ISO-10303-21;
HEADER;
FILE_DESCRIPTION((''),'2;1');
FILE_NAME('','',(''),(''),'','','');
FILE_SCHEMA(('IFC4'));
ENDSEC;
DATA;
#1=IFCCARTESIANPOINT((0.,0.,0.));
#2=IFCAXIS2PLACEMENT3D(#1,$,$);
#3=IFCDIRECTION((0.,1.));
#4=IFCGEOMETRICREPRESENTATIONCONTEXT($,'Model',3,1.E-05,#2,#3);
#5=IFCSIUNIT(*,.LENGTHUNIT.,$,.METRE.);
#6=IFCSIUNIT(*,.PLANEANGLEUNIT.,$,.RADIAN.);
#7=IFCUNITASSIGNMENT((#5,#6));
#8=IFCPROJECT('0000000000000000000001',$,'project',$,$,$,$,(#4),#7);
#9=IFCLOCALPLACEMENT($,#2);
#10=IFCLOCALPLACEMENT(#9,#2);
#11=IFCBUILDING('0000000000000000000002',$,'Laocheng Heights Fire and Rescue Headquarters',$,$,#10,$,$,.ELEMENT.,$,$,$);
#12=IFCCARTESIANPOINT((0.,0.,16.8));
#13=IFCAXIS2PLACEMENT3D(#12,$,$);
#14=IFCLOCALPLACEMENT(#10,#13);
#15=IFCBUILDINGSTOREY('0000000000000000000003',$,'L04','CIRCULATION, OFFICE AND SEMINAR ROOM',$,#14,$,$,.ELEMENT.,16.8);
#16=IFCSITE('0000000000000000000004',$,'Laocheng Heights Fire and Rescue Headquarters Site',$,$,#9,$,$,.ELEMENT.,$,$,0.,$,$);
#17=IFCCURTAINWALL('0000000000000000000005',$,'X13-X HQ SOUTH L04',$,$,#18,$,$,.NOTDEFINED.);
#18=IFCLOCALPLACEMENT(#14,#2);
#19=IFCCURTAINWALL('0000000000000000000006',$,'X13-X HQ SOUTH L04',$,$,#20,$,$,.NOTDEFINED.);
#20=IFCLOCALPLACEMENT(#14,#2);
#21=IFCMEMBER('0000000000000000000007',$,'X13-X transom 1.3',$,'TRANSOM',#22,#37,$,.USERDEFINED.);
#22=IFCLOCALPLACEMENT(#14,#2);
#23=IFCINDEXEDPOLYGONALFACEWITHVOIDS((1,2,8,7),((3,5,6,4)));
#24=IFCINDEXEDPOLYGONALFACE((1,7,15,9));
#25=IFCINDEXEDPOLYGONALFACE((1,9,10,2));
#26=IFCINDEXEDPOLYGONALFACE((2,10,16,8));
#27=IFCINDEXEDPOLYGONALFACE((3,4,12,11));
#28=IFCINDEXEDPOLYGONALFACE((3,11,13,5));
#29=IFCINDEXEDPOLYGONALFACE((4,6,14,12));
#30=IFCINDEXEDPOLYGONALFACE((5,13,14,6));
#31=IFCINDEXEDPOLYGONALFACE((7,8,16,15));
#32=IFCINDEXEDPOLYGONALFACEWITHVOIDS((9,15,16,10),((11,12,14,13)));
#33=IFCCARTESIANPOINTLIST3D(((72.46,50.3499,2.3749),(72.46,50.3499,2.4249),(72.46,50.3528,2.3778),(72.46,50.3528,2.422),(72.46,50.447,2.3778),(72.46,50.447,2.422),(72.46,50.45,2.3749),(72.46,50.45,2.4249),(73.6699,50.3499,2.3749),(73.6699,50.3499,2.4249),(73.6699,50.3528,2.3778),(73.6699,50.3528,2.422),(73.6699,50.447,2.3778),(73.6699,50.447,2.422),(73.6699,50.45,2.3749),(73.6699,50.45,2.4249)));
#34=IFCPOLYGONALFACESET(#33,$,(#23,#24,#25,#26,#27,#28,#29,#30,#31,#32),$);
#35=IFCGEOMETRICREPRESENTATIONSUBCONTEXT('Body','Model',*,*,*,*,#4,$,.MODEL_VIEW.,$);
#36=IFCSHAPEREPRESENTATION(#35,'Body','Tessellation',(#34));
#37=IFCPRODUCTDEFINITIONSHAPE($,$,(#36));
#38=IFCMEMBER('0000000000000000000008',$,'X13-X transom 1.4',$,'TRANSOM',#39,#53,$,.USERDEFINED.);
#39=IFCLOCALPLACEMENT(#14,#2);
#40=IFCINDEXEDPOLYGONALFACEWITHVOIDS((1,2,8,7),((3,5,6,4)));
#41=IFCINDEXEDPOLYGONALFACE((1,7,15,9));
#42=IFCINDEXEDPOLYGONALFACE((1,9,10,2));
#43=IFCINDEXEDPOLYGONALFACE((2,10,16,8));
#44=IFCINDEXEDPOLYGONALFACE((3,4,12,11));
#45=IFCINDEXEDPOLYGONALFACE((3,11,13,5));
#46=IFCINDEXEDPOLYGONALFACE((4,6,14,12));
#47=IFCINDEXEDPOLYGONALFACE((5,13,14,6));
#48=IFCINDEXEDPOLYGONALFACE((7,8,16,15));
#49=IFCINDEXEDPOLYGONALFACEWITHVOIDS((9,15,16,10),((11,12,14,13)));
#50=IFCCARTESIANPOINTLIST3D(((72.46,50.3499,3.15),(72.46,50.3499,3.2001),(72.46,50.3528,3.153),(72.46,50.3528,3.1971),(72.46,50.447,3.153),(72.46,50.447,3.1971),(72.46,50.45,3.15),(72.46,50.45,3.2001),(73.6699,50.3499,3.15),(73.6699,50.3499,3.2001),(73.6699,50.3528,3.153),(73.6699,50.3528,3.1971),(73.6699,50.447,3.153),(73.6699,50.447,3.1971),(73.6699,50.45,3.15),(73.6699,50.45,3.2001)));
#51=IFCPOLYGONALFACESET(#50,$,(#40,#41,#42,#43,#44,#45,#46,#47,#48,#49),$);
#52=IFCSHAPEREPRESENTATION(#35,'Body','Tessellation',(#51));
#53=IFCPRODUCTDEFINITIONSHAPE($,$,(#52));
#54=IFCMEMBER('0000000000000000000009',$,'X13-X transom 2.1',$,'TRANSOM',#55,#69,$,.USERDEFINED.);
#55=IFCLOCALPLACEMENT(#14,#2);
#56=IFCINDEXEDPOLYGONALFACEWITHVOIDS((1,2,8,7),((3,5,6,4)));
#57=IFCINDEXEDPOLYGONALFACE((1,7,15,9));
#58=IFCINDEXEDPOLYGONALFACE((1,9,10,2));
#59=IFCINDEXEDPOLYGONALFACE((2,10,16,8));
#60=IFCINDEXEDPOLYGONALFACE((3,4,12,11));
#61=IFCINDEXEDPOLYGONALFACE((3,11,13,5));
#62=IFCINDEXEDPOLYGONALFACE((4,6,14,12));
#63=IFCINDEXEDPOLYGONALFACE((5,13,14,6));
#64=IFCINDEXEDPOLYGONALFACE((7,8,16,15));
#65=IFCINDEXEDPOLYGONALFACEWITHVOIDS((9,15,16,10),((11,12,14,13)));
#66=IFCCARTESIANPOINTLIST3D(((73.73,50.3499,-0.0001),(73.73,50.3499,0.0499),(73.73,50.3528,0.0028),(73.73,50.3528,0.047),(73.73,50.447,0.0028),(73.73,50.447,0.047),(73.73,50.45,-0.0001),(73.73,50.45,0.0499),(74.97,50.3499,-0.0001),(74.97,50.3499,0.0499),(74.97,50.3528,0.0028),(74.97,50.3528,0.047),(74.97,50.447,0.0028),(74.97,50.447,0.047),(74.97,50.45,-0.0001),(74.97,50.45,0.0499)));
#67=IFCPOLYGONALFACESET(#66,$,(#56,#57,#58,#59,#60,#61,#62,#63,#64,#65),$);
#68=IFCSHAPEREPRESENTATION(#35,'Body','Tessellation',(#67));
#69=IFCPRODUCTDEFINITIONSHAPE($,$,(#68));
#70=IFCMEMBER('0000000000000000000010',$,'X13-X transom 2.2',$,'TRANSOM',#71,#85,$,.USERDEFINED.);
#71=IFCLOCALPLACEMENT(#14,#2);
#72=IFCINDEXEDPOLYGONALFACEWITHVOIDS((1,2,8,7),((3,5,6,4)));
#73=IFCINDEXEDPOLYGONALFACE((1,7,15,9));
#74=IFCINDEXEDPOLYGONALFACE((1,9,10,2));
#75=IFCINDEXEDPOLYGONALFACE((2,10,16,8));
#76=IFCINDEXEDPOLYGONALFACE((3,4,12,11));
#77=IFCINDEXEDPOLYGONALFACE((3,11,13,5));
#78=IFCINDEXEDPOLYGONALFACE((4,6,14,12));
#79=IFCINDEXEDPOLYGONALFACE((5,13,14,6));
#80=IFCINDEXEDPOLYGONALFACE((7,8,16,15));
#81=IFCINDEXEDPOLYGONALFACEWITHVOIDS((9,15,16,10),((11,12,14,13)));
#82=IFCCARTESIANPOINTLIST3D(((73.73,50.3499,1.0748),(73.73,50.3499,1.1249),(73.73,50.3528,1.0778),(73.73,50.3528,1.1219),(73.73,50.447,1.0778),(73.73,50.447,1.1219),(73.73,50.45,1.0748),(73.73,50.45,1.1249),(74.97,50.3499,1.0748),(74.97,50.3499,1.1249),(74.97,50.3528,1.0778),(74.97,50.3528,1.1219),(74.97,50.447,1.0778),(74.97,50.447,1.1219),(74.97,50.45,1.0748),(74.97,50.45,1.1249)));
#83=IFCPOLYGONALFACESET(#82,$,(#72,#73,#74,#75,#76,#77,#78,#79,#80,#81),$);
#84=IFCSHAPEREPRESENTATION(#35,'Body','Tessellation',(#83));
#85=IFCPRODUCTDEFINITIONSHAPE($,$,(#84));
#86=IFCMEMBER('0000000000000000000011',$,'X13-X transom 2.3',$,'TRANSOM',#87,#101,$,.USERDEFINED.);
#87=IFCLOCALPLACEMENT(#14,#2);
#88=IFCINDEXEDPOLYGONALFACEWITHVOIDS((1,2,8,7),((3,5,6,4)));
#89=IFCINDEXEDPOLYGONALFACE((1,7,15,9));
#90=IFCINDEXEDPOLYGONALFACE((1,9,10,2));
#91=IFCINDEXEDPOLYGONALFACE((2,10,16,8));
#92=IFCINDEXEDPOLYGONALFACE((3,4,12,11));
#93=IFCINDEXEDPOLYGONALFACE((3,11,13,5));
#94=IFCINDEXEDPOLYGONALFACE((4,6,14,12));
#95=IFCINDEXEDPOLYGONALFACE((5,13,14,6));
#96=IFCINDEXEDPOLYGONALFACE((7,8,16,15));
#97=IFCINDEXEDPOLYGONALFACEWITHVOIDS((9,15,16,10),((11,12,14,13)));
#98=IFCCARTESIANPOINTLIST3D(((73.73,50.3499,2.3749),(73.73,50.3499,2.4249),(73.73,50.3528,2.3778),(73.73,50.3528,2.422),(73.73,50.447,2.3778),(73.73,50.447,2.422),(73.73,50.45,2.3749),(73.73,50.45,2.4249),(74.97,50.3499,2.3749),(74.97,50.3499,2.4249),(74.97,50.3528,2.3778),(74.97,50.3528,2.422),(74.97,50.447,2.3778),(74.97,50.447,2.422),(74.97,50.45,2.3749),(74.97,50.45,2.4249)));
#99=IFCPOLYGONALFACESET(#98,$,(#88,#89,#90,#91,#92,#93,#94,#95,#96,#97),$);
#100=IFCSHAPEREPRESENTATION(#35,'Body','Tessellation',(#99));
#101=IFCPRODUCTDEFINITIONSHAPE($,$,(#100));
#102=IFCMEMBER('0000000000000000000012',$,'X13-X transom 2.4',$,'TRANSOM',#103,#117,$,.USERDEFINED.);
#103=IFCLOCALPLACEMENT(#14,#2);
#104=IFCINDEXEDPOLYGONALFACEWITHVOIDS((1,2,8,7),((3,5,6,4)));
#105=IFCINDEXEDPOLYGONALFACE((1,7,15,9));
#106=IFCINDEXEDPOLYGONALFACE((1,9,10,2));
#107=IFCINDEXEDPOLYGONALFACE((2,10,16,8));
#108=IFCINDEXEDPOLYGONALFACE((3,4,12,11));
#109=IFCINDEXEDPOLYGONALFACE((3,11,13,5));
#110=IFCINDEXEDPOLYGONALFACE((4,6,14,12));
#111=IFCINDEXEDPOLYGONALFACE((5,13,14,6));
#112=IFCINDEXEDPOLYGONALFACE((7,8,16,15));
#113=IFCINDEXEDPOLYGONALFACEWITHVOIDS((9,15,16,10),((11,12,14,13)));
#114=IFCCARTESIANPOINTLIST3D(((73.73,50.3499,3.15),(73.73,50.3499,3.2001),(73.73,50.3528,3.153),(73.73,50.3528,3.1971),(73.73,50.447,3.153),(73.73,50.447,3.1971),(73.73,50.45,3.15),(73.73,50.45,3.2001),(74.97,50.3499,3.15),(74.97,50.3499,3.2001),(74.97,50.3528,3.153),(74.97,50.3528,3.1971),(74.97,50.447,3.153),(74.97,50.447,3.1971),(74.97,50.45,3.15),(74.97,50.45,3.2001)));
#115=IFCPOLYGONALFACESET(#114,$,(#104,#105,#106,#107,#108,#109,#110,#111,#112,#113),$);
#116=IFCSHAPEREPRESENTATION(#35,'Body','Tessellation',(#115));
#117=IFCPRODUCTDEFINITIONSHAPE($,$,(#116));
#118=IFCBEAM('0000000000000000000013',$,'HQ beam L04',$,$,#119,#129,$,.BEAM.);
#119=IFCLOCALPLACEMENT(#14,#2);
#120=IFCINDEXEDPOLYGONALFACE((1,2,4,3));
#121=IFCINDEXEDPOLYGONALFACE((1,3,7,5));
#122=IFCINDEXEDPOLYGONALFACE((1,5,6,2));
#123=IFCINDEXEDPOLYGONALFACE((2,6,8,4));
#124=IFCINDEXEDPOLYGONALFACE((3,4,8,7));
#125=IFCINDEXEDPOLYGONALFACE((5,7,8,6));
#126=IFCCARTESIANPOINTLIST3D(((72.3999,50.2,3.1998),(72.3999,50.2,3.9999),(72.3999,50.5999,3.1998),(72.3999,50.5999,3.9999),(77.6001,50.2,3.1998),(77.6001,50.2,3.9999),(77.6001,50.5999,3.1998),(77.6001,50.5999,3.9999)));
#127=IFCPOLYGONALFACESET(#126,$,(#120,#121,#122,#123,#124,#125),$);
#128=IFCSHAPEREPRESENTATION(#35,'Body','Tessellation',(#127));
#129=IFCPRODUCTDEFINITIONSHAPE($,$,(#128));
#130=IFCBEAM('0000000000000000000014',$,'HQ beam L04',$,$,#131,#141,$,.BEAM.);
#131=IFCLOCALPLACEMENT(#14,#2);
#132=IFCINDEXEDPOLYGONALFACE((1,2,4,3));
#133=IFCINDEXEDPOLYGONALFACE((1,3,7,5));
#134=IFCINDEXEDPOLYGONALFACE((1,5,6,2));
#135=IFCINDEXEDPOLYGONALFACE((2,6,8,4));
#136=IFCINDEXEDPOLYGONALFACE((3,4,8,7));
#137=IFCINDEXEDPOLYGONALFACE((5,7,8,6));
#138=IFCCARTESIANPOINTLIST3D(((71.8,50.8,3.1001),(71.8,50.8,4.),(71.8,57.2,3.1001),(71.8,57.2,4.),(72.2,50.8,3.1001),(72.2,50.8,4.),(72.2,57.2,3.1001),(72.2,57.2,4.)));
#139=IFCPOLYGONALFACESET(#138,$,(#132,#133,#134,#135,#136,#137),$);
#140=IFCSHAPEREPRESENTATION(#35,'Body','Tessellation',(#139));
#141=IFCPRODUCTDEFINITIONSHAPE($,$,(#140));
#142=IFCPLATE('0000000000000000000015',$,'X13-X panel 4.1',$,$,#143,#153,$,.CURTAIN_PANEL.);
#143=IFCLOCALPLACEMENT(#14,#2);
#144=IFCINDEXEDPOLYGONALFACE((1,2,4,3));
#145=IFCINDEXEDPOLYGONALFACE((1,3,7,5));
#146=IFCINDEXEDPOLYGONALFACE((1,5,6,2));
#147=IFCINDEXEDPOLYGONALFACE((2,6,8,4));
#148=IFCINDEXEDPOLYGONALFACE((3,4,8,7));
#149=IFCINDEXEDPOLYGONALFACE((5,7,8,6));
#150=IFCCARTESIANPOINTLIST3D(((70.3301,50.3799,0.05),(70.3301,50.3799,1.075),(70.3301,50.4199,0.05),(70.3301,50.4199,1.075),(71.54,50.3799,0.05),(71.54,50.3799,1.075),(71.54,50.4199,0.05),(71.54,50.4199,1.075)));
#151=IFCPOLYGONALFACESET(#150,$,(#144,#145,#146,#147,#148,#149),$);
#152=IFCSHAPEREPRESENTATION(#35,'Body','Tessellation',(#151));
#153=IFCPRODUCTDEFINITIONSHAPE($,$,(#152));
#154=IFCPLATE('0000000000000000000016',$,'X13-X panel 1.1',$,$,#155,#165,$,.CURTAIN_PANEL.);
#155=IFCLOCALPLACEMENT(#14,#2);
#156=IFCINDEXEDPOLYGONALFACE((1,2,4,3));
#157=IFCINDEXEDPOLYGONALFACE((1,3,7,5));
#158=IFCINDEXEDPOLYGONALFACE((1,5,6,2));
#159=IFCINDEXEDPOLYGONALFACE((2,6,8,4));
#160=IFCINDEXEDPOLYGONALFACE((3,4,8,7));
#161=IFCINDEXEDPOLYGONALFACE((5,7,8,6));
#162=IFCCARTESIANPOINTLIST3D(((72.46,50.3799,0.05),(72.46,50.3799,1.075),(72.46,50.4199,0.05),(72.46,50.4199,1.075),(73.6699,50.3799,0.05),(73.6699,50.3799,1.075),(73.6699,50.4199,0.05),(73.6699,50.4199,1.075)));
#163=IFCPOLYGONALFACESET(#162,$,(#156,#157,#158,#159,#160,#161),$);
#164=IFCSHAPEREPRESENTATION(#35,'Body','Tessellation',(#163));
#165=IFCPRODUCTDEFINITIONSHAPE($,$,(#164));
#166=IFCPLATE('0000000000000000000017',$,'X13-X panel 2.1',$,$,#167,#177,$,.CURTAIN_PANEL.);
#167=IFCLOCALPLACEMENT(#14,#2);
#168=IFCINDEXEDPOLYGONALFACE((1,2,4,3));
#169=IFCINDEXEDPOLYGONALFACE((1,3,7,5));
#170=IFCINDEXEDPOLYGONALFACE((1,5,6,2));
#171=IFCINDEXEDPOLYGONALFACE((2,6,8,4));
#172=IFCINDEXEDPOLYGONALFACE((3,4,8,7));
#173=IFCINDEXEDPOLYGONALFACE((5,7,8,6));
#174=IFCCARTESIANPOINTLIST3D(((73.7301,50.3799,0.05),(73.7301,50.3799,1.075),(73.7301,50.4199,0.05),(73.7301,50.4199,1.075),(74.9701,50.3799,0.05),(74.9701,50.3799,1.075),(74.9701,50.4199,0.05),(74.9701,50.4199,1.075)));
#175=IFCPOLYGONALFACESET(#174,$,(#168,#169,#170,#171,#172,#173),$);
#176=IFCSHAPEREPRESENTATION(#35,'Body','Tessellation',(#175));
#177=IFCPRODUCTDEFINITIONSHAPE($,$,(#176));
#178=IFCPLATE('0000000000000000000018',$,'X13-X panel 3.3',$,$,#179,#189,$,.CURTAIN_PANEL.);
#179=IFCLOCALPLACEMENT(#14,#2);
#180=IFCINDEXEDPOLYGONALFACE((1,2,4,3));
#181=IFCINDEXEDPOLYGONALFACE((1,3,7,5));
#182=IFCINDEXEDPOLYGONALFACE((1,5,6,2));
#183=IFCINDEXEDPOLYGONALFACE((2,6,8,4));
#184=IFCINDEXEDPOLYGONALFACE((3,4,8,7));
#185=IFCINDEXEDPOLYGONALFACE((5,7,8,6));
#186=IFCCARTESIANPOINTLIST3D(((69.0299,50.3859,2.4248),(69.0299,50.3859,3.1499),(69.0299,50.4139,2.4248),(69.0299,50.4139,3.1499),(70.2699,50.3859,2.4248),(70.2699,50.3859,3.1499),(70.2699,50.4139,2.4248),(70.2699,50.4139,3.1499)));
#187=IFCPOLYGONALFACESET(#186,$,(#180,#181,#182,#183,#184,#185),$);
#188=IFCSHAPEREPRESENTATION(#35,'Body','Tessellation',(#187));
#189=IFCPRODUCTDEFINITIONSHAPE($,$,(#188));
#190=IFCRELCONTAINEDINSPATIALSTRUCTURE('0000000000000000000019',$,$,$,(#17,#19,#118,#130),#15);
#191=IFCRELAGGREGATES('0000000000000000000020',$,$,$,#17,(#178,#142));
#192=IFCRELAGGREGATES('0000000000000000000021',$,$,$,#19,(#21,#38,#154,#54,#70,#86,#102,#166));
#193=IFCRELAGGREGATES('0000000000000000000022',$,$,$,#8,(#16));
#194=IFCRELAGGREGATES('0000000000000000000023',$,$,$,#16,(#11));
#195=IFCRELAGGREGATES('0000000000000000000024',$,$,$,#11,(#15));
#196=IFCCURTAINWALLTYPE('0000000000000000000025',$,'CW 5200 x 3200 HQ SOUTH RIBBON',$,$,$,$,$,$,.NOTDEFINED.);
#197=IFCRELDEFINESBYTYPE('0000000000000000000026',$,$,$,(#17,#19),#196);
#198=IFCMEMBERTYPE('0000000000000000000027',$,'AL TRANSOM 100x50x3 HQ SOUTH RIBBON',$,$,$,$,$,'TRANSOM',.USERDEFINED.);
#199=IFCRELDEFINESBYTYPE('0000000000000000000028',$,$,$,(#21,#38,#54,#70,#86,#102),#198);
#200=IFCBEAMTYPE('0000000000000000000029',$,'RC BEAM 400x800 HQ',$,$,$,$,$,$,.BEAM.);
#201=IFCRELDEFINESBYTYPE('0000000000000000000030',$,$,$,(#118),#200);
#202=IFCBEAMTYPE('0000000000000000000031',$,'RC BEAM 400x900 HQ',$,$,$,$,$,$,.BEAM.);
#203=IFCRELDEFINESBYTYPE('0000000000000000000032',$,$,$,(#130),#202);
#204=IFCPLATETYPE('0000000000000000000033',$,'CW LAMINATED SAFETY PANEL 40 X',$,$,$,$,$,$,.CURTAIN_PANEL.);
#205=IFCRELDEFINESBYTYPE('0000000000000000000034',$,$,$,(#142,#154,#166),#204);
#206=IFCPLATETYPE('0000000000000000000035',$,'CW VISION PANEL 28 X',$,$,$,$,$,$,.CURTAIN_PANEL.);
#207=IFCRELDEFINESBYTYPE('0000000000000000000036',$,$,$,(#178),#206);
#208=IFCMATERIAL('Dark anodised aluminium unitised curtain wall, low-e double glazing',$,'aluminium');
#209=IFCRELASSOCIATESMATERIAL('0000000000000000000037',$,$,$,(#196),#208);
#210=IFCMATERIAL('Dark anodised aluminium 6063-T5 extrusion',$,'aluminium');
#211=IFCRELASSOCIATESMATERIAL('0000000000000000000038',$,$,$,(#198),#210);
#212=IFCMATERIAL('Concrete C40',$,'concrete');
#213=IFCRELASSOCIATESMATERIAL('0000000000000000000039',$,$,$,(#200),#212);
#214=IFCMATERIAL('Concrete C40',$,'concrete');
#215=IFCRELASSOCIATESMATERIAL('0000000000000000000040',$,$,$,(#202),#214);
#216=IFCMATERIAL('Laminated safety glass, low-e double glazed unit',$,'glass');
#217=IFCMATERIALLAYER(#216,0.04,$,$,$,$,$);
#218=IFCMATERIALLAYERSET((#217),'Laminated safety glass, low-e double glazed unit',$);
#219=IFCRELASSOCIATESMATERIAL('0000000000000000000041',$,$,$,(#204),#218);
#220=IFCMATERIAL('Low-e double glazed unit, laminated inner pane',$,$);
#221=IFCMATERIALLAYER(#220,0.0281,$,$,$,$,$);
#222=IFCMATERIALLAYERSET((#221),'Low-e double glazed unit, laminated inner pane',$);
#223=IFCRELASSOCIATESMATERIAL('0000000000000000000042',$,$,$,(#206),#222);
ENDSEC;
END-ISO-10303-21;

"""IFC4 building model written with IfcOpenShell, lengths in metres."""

from ifc_helpers import new_model, si_unit, direction, frame, origin, origin_2d, place, context, subcontext, project, spatial, rectangle, hollow_rectangle, extrude, material, layer, layer_set, material_profile, profile_set, type_object, element, aggregate, save


model = new_model("IFC4")

# Units and contexts
model_context = context("Model", 3, precision=1e-05, world=origin(), true_north=direction((0.0, 1.0)))
body_context = subcontext(model_context, "Body", "Model", "MODEL_VIEW")
ifc_project = project(units=[si_unit("LENGTHUNIT", "METRE"), si_unit("PLANEANGLEUNIT", "RADIAN")], contexts=[model_context])

# Site, building, storey
site_placement = place(None, origin())
site = spatial("IfcSite", under=ifc_project, at=site_placement, Name="Laocheng Heights Fire and Rescue Headquarters Site", CompositionType="ELEMENT", RefElevation=0.0)
building_placement = place(site_placement, origin())
building = spatial("IfcBuilding", under=site, at=building_placement, Name="Laocheng Heights Fire and Rescue Headquarters", CompositionType="ELEMENT")
storey_placement = place(building_placement, frame((0.0, 0.0, 16.8)))
storey = spatial("IfcBuildingStorey", under=building, at=storey_placement, Name="L04", Description="CIRCULATION, OFFICE AND SEMINAR ROOM", CompositionType="ELEMENT", Elevation=16.8)

# Curtain walls
ifc_material_1 = material(Name="Dark anodised aluminium unitised curtain wall, low-e double glazing", Category="aluminium")
curtain_wall_type = type_object("IfcCurtainWallType", Name="CW 5200 x 3200 HQ SOUTH RIBBON", PredefinedType="NOTDEFINED", material=ifc_material_1)
curtain_wall_1_placement = place(storey_placement, origin())
curtain_wall_1 = element("IfcCurtainWall", 1, at=curtain_wall_1_placement, inside=storey, type_object=curtain_wall_type, Name="X13-X HQ SOUTH L04", PredefinedType="NOTDEFINED")
curtain_wall_2_placement = place(storey_placement, origin())
curtain_wall_2 = element("IfcCurtainWall", 2, at=curtain_wall_2_placement, inside=storey, type_object=curtain_wall_type, Name="X13-X HQ SOUTH L04", PredefinedType="NOTDEFINED")

# Members
ifc_material_2 = material(Name="Dark anodised aluminium 6063-T5 extrusion", Category="aluminium")
ifc_material_profile_1 = material_profile(ifc_material_2, hollow_rectangle(XDim=0.1001, YDim=0.05, WallThickness=0.0029, at=origin_2d()), Name="AL TRANSOM 100x50x3 HQ SOUTH RIBBON")
ifc_profile_set_1 = profile_set([ifc_material_profile_1], Name="Dark anodised aluminium 6063-T5 extrusion")
member_type_1 = type_object("IfcMemberType", Name="AL TRANSOM 100x50x3 HQ SOUTH RIBBON", ElementType="TRANSOM", PredefinedType="USERDEFINED", material=ifc_profile_set_1)
member_1_placement = place(storey_placement, frame((72.46, 50.3999, 2.3999), z_axis=(1.0, 0.0, 0.0), x_axis=(0.0, 1.0, 0.0)))
member_1 = element("IfcMember", 3, at=member_1_placement, type_object=member_type_1, Name="X13-X transom 1.3", ObjectType="TRANSOM", PredefinedType="USERDEFINED", context=body_context, shape_type="SweptSolid", body=[
    extrude(hollow_rectangle(XDim=0.1001, YDim=0.05, WallThickness=0.0029, at=origin_2d()), origin(), (0.0, 0.0, 1.0), 1.21),
])
member_2_placement = place(storey_placement, frame((72.46, 50.3999, 3.175), z_axis=(1.0, 0.0, 0.0), x_axis=(0.0, 1.0, 0.0)))
member_2 = element("IfcMember", 4, at=member_2_placement, type_object=member_type_1, Name="X13-X transom 1.4", ObjectType="TRANSOM", PredefinedType="USERDEFINED", context=body_context, shape_type="SweptSolid", body=[
    extrude(hollow_rectangle(XDim=0.1001, YDim=0.05, WallThickness=0.0029, at=origin_2d()), origin(), (0.0, 0.0, 1.0), 1.21),
])
member_3_placement = place(storey_placement, frame((73.73, 50.3999, 0.0249), z_axis=(1.0, 0.0, 0.0), x_axis=(0.0, 1.0, 0.0)))
member_3 = element("IfcMember", 5, at=member_3_placement, type_object=member_type_1, Name="X13-X transom 2.1", ObjectType="TRANSOM", PredefinedType="USERDEFINED", context=body_context, shape_type="SweptSolid", body=[
    extrude(hollow_rectangle(XDim=0.1001, YDim=0.05, WallThickness=0.0029, at=origin_2d()), origin(), (0.0, 0.0, 1.0), 1.24),
])
member_4_placement = place(storey_placement, frame((73.73, 50.3999, 1.0999), z_axis=(1.0, 0.0, 0.0), x_axis=(0.0, 1.0, 0.0)))
member_4 = element("IfcMember", 6, at=member_4_placement, type_object=member_type_1, Name="X13-X transom 2.2", ObjectType="TRANSOM", PredefinedType="USERDEFINED", context=body_context, shape_type="SweptSolid", body=[
    extrude(hollow_rectangle(XDim=0.1001, YDim=0.05, WallThickness=0.0029, at=origin_2d()), origin(), (0.0, 0.0, 1.0), 1.24),
])
member_5_placement = place(storey_placement, frame((73.73, 50.3999, 2.3999), z_axis=(1.0, 0.0, 0.0), x_axis=(0.0, 1.0, 0.0)))
member_5 = element("IfcMember", 7, at=member_5_placement, type_object=member_type_1, Name="X13-X transom 2.3", ObjectType="TRANSOM", PredefinedType="USERDEFINED", context=body_context, shape_type="SweptSolid", body=[
    extrude(hollow_rectangle(XDim=0.1001, YDim=0.05, WallThickness=0.0029, at=origin_2d()), origin(), (0.0, 0.0, 1.0), 1.24),
])
member_6_placement = place(storey_placement, frame((73.73, 50.3999, 3.175), z_axis=(1.0, 0.0, 0.0), x_axis=(0.0, 1.0, 0.0)))
member_6 = element("IfcMember", 8, at=member_6_placement, type_object=member_type_1, Name="X13-X transom 2.4", ObjectType="TRANSOM", PredefinedType="USERDEFINED", context=body_context, shape_type="SweptSolid", body=[
    extrude(hollow_rectangle(XDim=0.1001, YDim=0.05, WallThickness=0.0029, at=origin_2d()), origin(), (0.0, 0.0, 1.0), 1.24),
])

# Beams
ifc_material_3 = material(Name="Concrete C40", Category="concrete")
ifc_material_profile_2 = material_profile(ifc_material_3, rectangle(XDim=0.3999, YDim=0.8, at=origin_2d()), Name="RC BEAM 400x800 HQ")
ifc_profile_set_2 = profile_set([ifc_material_profile_2], Name="Concrete C40")
beam_type_1 = type_object("IfcBeamType", Name="RC BEAM 400x800 HQ", PredefinedType="BEAM", material=ifc_profile_set_2)
beam_1_placement = place(storey_placement, frame((72.3999, 50.3999, 3.5999), z_axis=(1.0, 0.0, 0.0), x_axis=(0.0, 1.0, 0.0)))
element("IfcBeam", 9, at=beam_1_placement, inside=storey, type_object=beam_type_1, Name="HQ beam L04", PredefinedType="BEAM", context=body_context, shape_type="SweptSolid", body=[
    extrude(rectangle(XDim=0.3999, YDim=0.8, at=origin_2d()), origin(), (0.0, 0.0, 1.0), 5.2002),
])
ifc_material_4 = material(Name="Concrete C40", Category="concrete")
ifc_material_profile_3 = material_profile(ifc_material_4, rectangle(XDim=0.3999, YDim=0.8999, at=origin_2d()), Name="RC BEAM 400x900 HQ")
ifc_profile_set_3 = profile_set([ifc_material_profile_3], Name="Concrete C40")
beam_type_2 = type_object("IfcBeamType", Name="RC BEAM 400x900 HQ", PredefinedType="BEAM", material=ifc_profile_set_3)
beam_2_placement = place(storey_placement, frame((72.0, 50.8, 3.55), z_axis=(0.0, 1.0, 0.0), x_axis=(-1.0, 0.0, 0.0)))
element("IfcBeam", 10, at=beam_2_placement, inside=storey, type_object=beam_type_2, Name="HQ beam L04", PredefinedType="BEAM", context=body_context, shape_type="SweptSolid", body=[
    extrude(rectangle(XDim=0.3999, YDim=0.8999, at=origin_2d()), origin(), (0.0, 0.0, 1.0), 6.3999),
])

# Plates
ifc_material_5 = material(Name="Laminated safety glass, low-e double glazed unit", Category="glass")
ifc_layer_1 = layer(ifc_material_5, 0.04)
ifc_layer_set_1 = layer_set([ifc_layer_1], Name="Laminated safety glass, low-e double glazed unit")
plate_type_1 = type_object("IfcPlateType", Name="CW LAMINATED SAFETY PANEL 40 X", PredefinedType="CURTAIN_PANEL", material=ifc_layer_set_1)
plate_1_placement = place(storey_placement, frame((70.9351, 50.3999, 0.05), z_axis=(0.0, 0.0, 1.0), x_axis=(1.0, 0.0, 0.0)))
plate_1 = element("IfcPlate", 11, at=plate_1_placement, type_object=plate_type_1, Name="X13-X panel 4.1", PredefinedType="CURTAIN_PANEL", context=body_context, shape_type="SweptSolid", body=[
    extrude(rectangle(XDim=1.21, YDim=0.04, at=origin_2d()), origin(), (0.0, 0.0, 1.0), 1.0249),
])
plate_2_placement = place(storey_placement, frame((73.0649, 50.3999, 0.05), z_axis=(0.0, 0.0, 1.0), x_axis=(1.0, 0.0, 0.0)))
plate_2 = element("IfcPlate", 12, at=plate_2_placement, type_object=plate_type_1, Name="X13-X panel 1.1", PredefinedType="CURTAIN_PANEL", context=body_context, shape_type="SweptSolid", body=[
    extrude(rectangle(XDim=1.21, YDim=0.04, at=origin_2d()), origin(), (0.0, 0.0, 1.0), 1.0249),
])
plate_3_placement = place(storey_placement, frame((74.3501, 50.3999, 0.05), z_axis=(0.0, 0.0, 1.0), x_axis=(1.0, 0.0, 0.0)))
plate_3 = element("IfcPlate", 13, at=plate_3_placement, type_object=plate_type_1, Name="X13-X panel 2.1", PredefinedType="CURTAIN_PANEL", context=body_context, shape_type="SweptSolid", body=[
    extrude(rectangle(XDim=1.24, YDim=0.04, at=origin_2d()), origin(), (0.0, 0.0, 1.0), 1.0249),
])
ifc_material_6 = material(Name="Low-e double glazed unit, laminated inner pane")
ifc_layer_2 = layer(ifc_material_6, 0.0281)
ifc_layer_set_2 = layer_set([ifc_layer_2], Name="Low-e double glazed unit, laminated inner pane")
plate_type_2 = type_object("IfcPlateType", Name="CW VISION PANEL 28 X", PredefinedType="CURTAIN_PANEL", material=ifc_layer_set_2)
plate_4_placement = place(storey_placement, frame((69.6499, 50.3999, 2.4248), z_axis=(0.0, 0.0, 1.0), x_axis=(1.0, 0.0, 0.0)))
plate_4 = element("IfcPlate", 14, at=plate_4_placement, type_object=plate_type_2, Name="X13-X panel 3.3", PredefinedType="CURTAIN_PANEL", context=body_context, shape_type="SweptSolid", body=[
    extrude(rectangle(XDim=1.24, YDim=0.0281, at=origin_2d()), origin(), (0.0, 0.0, 1.0), 0.7251),
])
aggregate(curtain_wall_1, [plate_4, plate_1])
aggregate(curtain_wall_2, [member_1, member_2, plate_2, member_3, member_4, member_5, member_6, plate_3])

save(model, "model.ifc")
